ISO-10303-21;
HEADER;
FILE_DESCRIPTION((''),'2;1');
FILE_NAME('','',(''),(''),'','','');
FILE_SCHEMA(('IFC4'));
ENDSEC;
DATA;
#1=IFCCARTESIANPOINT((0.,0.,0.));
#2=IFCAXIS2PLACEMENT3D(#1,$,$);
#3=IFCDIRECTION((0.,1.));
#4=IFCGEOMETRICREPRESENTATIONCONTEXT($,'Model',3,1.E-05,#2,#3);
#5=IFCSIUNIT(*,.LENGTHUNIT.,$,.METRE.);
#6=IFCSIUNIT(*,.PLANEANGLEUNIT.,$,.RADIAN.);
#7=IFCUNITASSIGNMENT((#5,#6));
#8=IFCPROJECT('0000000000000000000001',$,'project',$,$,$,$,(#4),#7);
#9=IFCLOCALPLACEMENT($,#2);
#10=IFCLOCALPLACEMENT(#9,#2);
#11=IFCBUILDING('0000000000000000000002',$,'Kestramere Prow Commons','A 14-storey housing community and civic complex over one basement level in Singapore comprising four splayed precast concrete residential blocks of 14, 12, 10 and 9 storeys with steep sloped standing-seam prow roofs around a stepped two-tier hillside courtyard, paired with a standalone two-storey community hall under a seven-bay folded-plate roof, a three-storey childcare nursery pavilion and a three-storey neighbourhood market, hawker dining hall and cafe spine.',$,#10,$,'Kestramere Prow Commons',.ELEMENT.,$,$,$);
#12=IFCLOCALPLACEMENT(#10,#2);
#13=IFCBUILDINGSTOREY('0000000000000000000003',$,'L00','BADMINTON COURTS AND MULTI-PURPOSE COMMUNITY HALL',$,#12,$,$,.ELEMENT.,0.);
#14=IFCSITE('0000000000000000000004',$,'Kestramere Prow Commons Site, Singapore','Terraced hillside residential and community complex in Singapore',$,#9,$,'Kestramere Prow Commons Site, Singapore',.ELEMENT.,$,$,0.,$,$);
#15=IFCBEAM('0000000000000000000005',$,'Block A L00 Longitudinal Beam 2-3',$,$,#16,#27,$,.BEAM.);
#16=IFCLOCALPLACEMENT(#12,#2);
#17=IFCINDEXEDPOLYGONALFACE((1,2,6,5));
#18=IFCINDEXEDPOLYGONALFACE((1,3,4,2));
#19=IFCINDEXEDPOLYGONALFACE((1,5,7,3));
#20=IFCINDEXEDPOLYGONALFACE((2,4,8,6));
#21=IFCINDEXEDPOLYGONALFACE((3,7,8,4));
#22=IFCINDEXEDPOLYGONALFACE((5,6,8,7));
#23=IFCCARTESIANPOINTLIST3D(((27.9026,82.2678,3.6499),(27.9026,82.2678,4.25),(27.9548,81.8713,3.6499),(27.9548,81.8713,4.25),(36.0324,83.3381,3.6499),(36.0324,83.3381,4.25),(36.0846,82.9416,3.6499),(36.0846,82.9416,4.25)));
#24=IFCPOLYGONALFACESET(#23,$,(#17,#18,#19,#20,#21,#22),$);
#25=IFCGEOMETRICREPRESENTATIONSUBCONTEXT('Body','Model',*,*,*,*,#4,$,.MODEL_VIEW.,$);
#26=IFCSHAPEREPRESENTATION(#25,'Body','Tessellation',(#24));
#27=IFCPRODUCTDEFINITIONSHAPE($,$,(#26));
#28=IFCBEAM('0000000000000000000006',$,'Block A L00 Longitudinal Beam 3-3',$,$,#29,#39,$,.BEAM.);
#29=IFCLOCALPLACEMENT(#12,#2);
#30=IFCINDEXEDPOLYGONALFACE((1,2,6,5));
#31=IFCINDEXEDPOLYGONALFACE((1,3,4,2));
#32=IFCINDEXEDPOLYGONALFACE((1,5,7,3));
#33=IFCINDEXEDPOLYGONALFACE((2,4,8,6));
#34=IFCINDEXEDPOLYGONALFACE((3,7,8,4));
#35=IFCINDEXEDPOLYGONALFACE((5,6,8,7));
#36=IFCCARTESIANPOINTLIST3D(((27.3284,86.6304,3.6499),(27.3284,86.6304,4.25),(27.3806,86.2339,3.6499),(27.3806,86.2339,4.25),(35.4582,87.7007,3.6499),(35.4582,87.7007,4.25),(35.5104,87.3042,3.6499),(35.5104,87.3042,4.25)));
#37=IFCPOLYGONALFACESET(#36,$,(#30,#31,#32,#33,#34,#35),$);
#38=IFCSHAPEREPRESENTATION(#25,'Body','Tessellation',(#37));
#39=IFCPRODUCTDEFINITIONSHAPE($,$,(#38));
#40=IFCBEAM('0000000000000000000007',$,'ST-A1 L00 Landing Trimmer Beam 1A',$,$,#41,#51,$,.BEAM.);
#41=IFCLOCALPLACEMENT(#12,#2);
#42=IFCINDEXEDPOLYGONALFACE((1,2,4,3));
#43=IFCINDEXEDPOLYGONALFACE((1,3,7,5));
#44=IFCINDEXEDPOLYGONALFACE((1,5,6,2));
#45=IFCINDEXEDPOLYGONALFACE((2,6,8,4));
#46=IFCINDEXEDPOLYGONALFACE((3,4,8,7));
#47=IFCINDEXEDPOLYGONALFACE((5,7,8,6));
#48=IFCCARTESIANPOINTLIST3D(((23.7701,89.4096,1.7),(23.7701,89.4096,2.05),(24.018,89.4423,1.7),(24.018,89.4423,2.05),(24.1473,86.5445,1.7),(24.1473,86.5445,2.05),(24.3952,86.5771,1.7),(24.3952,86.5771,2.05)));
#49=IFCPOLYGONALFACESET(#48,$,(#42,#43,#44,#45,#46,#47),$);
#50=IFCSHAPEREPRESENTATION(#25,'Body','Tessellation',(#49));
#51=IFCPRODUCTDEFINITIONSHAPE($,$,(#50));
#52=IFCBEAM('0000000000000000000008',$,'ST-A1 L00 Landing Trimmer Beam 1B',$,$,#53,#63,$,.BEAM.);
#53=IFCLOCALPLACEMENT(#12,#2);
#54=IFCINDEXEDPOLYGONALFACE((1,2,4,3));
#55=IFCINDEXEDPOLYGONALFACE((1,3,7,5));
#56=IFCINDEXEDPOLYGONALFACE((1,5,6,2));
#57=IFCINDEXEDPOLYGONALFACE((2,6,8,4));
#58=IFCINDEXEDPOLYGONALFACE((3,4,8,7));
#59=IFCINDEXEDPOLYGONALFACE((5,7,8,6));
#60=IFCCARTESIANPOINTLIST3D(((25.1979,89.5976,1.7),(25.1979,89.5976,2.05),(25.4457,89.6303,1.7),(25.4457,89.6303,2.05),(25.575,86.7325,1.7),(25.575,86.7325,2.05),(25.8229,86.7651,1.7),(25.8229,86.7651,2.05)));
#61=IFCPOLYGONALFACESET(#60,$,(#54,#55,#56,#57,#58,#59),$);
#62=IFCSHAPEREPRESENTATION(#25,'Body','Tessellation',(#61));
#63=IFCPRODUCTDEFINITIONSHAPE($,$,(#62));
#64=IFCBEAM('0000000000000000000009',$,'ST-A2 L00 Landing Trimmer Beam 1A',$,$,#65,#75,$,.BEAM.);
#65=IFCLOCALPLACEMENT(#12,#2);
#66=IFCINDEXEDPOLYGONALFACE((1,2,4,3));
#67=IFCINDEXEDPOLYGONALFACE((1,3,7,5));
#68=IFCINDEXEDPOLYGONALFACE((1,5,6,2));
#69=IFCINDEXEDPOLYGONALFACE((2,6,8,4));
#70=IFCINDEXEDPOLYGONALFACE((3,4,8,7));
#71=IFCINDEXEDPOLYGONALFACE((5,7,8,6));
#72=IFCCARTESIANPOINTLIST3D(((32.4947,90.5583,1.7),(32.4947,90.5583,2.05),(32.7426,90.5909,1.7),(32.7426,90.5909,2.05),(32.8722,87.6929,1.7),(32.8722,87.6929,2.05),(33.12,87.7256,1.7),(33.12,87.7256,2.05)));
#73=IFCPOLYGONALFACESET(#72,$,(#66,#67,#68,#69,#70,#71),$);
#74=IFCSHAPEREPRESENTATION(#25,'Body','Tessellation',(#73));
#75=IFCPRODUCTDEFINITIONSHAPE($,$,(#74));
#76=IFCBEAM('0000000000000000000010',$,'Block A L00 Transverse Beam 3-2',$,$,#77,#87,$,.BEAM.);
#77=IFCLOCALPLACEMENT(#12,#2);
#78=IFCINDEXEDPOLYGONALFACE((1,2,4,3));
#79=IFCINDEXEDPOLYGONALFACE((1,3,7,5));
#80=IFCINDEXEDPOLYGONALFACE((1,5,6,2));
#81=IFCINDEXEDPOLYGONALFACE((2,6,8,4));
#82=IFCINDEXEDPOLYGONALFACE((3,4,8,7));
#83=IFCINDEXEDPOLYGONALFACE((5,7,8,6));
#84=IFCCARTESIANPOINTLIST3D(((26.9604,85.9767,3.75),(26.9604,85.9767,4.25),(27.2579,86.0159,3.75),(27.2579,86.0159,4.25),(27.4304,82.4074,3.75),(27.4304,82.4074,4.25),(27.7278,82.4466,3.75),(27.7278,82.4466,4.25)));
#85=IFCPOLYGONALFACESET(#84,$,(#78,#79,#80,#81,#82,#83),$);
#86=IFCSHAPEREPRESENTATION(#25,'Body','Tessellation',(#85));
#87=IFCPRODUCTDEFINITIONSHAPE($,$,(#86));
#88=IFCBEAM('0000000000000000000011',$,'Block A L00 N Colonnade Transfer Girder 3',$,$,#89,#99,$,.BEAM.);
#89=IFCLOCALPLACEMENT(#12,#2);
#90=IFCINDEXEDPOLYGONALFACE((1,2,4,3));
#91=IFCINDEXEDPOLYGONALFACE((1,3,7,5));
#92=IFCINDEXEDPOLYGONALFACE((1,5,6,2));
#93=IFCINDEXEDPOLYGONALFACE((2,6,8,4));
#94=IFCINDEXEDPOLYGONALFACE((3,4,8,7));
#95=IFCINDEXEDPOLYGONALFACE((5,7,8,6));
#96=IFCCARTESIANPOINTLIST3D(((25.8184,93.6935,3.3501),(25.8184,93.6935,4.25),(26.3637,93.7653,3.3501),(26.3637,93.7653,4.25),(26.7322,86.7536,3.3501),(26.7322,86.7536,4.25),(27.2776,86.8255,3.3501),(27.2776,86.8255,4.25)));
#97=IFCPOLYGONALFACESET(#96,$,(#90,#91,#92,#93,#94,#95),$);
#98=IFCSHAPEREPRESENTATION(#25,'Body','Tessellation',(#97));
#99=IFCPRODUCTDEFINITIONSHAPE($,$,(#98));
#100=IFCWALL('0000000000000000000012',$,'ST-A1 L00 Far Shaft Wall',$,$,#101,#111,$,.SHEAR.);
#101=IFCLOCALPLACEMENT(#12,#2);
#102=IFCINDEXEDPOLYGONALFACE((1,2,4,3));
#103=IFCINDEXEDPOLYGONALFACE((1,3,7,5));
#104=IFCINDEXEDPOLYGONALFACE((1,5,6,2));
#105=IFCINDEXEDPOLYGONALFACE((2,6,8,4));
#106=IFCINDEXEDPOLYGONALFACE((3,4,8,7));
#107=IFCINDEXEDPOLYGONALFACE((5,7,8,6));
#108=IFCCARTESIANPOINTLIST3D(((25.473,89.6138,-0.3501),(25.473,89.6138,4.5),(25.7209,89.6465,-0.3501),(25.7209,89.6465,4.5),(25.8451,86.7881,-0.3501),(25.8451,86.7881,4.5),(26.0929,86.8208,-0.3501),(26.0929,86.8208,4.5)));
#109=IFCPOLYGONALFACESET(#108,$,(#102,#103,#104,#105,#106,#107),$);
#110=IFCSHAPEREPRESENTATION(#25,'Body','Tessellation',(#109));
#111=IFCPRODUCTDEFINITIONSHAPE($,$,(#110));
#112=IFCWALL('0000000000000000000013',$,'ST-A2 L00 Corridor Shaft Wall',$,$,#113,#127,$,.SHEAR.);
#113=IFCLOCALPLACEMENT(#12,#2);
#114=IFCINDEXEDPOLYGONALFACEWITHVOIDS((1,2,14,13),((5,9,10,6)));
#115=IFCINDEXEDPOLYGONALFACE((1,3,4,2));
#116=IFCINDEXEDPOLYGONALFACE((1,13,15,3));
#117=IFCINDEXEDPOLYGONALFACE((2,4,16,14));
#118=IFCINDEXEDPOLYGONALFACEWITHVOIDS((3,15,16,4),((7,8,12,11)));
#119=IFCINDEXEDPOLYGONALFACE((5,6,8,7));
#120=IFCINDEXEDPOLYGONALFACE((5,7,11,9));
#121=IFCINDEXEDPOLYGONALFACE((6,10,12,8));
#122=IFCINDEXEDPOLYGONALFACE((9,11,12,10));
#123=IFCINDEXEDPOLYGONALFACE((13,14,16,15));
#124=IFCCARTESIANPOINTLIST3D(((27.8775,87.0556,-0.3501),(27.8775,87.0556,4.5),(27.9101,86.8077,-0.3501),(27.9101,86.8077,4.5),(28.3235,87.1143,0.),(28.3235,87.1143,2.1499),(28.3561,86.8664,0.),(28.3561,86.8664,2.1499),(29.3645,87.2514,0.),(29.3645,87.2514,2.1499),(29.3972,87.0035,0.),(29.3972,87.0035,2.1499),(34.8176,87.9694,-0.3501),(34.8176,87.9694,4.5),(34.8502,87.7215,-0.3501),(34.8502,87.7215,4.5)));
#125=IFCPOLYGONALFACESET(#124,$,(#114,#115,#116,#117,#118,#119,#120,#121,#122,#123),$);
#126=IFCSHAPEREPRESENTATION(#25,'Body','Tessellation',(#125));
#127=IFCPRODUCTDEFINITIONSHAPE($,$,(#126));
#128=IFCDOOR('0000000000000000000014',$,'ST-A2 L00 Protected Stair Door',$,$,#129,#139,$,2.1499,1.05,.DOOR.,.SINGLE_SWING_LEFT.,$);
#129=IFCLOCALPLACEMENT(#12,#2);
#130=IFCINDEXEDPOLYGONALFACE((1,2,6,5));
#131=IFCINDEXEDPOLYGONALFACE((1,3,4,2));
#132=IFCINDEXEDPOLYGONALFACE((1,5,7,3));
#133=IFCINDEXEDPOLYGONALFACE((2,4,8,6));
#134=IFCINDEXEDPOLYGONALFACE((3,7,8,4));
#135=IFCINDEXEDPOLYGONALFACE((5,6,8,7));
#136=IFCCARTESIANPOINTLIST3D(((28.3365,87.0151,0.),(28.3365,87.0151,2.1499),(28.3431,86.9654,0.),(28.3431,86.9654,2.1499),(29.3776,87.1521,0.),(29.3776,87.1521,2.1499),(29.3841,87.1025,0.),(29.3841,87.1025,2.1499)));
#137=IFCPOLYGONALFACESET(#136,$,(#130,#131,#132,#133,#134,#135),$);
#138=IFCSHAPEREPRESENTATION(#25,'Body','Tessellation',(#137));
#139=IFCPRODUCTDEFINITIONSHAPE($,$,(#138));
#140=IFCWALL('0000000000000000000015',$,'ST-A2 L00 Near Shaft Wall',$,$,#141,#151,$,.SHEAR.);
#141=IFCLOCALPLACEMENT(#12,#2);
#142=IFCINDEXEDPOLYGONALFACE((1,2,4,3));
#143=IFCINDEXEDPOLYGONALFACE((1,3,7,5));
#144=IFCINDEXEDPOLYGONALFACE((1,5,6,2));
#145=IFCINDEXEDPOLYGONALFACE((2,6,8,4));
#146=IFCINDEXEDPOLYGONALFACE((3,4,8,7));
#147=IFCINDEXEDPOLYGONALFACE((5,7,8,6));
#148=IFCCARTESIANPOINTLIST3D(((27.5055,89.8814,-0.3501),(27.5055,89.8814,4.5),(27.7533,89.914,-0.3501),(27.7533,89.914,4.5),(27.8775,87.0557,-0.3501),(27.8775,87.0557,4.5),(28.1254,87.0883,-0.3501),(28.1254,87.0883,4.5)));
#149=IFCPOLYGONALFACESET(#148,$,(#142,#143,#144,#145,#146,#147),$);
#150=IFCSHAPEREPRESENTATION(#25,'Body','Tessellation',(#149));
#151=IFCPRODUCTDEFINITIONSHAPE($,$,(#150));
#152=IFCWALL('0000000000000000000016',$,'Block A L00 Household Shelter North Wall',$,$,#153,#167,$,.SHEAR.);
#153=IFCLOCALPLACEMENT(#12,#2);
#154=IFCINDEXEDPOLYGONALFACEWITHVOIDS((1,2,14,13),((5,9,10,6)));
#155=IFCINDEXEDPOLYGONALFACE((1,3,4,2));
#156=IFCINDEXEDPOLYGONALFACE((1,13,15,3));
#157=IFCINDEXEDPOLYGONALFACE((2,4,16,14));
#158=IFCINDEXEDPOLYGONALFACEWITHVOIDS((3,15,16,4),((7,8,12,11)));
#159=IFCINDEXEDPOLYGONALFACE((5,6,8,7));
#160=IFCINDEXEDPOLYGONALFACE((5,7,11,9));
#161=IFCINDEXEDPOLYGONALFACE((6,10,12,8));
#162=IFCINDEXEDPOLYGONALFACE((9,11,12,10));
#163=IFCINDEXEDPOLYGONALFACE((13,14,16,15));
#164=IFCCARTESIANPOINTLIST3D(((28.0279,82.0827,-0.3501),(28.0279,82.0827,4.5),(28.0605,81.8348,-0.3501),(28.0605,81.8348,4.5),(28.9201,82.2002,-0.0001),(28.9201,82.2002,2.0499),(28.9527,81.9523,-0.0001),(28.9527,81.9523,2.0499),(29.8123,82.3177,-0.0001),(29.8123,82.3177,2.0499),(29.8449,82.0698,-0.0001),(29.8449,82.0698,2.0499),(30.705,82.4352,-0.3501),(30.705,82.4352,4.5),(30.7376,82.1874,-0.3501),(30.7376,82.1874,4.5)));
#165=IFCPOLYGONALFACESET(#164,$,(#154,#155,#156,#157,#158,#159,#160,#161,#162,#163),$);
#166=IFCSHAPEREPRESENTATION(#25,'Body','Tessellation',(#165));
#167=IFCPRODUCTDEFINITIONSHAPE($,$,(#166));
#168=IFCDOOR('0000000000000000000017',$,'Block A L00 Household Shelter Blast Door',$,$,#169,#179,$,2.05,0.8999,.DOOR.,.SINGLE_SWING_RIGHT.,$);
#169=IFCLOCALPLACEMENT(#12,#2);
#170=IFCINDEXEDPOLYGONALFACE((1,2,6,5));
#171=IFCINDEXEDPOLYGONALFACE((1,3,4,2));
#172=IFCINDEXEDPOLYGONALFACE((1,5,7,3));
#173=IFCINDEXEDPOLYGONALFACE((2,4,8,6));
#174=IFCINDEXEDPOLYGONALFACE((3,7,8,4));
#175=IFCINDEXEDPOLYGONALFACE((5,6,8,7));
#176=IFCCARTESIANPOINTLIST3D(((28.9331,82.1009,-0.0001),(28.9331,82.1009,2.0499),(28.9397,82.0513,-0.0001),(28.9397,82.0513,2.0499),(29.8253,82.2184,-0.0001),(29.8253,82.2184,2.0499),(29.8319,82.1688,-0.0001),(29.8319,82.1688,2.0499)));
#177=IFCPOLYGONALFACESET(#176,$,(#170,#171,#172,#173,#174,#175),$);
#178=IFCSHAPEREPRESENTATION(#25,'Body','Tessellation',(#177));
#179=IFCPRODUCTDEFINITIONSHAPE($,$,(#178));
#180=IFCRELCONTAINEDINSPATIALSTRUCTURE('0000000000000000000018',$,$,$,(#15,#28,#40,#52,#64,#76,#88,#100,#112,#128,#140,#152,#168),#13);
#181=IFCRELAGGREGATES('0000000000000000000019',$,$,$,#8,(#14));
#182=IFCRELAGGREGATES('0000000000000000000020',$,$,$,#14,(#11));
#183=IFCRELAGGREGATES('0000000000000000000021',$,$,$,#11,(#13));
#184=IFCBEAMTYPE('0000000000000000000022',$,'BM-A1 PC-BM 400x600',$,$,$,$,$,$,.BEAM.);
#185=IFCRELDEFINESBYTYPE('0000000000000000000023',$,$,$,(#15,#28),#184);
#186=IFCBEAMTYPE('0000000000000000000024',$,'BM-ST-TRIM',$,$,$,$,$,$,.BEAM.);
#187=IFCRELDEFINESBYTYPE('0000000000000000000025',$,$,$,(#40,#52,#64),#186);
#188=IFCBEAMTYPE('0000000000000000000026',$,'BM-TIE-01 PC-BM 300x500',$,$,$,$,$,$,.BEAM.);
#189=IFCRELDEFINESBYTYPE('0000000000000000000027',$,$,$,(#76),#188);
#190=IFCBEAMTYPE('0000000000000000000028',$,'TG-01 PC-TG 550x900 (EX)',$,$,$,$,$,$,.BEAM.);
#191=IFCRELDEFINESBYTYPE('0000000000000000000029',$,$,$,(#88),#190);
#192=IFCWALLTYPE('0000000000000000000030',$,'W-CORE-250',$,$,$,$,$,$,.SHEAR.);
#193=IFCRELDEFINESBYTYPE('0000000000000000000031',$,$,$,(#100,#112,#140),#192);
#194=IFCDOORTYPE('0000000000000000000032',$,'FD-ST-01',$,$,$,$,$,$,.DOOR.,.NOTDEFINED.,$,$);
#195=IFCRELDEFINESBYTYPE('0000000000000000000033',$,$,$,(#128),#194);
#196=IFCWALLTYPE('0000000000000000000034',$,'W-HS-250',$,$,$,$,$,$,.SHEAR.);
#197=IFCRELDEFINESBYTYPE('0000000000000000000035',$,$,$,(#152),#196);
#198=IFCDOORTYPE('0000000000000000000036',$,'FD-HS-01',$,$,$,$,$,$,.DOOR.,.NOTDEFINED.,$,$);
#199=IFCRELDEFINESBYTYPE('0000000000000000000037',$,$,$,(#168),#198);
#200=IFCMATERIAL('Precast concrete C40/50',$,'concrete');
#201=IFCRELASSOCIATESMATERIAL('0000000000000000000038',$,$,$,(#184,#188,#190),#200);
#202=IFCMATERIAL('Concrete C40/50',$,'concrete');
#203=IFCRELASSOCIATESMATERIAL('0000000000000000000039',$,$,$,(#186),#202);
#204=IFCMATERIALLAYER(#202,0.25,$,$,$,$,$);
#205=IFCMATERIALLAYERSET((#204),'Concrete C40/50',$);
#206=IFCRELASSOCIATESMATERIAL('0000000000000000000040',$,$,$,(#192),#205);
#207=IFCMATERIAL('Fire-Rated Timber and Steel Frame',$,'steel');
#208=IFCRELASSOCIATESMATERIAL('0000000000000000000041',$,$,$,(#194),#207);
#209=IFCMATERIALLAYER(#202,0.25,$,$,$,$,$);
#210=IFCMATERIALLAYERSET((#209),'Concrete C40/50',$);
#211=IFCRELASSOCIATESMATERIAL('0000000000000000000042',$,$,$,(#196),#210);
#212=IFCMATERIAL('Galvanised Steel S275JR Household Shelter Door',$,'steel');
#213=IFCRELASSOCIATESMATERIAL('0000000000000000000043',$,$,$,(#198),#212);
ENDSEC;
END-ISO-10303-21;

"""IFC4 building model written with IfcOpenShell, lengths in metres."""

from ifc_helpers import new_model, si_unit, direction, frame, frame_2d, origin, origin_2d, place, context, subcontext, project, spatial, rectangle, extrude, material, layer, layer_set, material_profile, profile_set, type_object, element, fill, save


model = new_model("IFC4")

# Units and contexts
model_context = context("Model", 3, precision=1e-05, world=origin(), true_north=direction((0.0, 1.0)))
body_context = subcontext(model_context, "Body", "Model", "MODEL_VIEW")
ifc_project = project(units=[si_unit("LENGTHUNIT", "METRE"), si_unit("PLANEANGLEUNIT", "RADIAN")], contexts=[model_context])

# Site, building, storey
site_placement = place(None, origin())
site = spatial("IfcSite", under=ifc_project, at=site_placement, Name="Kestramere Prow Commons Site, Singapore", Description="Terraced hillside residential and community complex in Singapore", LongName="Kestramere Prow Commons Site, Singapore", CompositionType="ELEMENT", RefElevation=0.0)
building_placement = place(site_placement, origin())
building = spatial("IfcBuilding", under=site, at=building_placement, Name="Kestramere Prow Commons", Description="A 14-storey housing community and civic complex over one basement level in Singapore comprising four splayed precast concrete residential blocks of 14, 12, 10 and 9 storeys with steep sloped standing-seam prow roofs around a stepped two-tier hillside courtyard, paired with a standalone two-storey community hall under a seven-bay folded-plate roof, a three-storey childcare nursery pavilion and a three-storey neighbourhood market, hawker dining hall and cafe spine.", LongName="Kestramere Prow Commons", CompositionType="ELEMENT")
storey_placement = place(building_placement, origin())
storey = spatial("IfcBuildingStorey", under=building, at=storey_placement, Name="L00", Description="BADMINTON COURTS AND MULTI-PURPOSE COMMUNITY HALL", CompositionType="ELEMENT", Elevation=0.0)

# Shared definitions
ifc_material_1 = material(Name="Precast concrete C40/50", Category="concrete")

# Beams
ifc_material_profile_1 = material_profile(ifc_material_1, rectangle(XDim=0.3999, YDim=0.6001, at=origin_2d()), Name="PC-BM 400x600")
ifc_profile_set_1 = profile_set([ifc_material_profile_1], Name="Precast concrete C40/50")
beam_type_1 = type_object("IfcBeamType", Name="BM-A1 PC-BM 400x600", PredefinedType="BEAM", material=ifc_profile_set_1)
for number, where, z_axis, x_axis, name in (
    (1, (27.9287, 82.0696, 3.95), (0.991445, 0.130525, 0.0), (-0.130525, 0.991445, 0.0), "Block A L00 Longitudinal Beam 2-3"),
    (2, (27.3545, 86.4321, 3.95), (0.991445, 0.130525, 0.0), (-0.130525, 0.991445, 0.0), "Block A L00 Longitudinal Beam 3-3"),
):
    element("IfcBeam", number, at=place(storey_placement, frame(where, z_axis=z_axis, x_axis=x_axis)), inside=storey, type_object=beam_type_1, Name=name, PredefinedType="BEAM", context=body_context, shape_type="SweptSolid", body=[
        extrude(rectangle(XDim=0.3999, YDim=0.6001, at=origin_2d()), origin(), (0.0, 0.0, 1.0), 8.2),
    ])
ifc_material_2 = material(Name="Concrete C40/50", Category="concrete")
ifc_material_profile_2 = material_profile(ifc_material_2, rectangle(XDim=0.25, YDim=0.3501, at=origin_2d()), Name="PC-BM 250x350")
ifc_profile_set_2 = profile_set([ifc_material_profile_2], Name="Concrete C40/50")
beam_type_2 = type_object("IfcBeamType", Name="BM-ST-TRIM", PredefinedType="BEAM", material=ifc_profile_set_2)
for number, where, z_axis, x_axis, name in (
    (3, (24.2712, 86.5608, 1.875), (-0.13052, 0.991446, 0.0), (-0.991446, -0.13052, 0.0), "ST-A1 L00 Landing Trimmer Beam 1A"),
    (4, (25.699, 86.7488, 1.875), (-0.13052, 0.991446, 0.0), (-0.991446, -0.13052, 0.0), "ST-A1 L00 Landing Trimmer Beam 1B"),
):
    element("IfcBeam", number, at=place(storey_placement, frame(where, z_axis=z_axis, x_axis=x_axis)), inside=storey, type_object=beam_type_2, Name=name, PredefinedType="BEAM", context=body_context, shape_type="SweptSolid", body=[
        extrude(rectangle(XDim=0.25, YDim=0.3501, at=origin_2d()), origin(), (0.0, 0.0, 1.0), 2.8899),
    ])
beam_1_placement = place(storey_placement, frame((32.9961, 87.7092, 1.875), z_axis=(-0.130592, 0.991436, 0.0), x_axis=(-0.991436, -0.130592, 0.0)))
element("IfcBeam", 5, at=beam_1_placement, inside=storey, type_object=beam_type_2, Name="ST-A2 L00 Landing Trimmer Beam 1A", PredefinedType="BEAM", context=body_context, shape_type="SweptSolid", body=[
    extrude(rectangle(XDim=0.25, YDim=0.3501, at=origin_2d()), origin(), (0.0, 0.0, 1.0), 2.8901),
])
ifc_material_profile_3 = material_profile(ifc_material_1, rectangle(XDim=0.3, YDim=0.5, at=origin_2d()), Name="PC-BM 300x500")
ifc_profile_set_3 = profile_set([ifc_material_profile_3], Name="Precast concrete C40/50")
beam_type_3 = type_object("IfcBeamType", Name="BM-TIE-01 PC-BM 300x500", PredefinedType="BEAM", material=ifc_profile_set_3)
beam_2_placement = place(storey_placement, frame((27.5791, 82.427, 4.0), z_axis=(-0.130542, 0.991443, 0.0), x_axis=(-0.991443, -0.130542, 0.0)))
element("IfcBeam", 6, at=beam_2_placement, inside=storey, type_object=beam_type_3, Name="Block A L00 Transverse Beam 3-2", PredefinedType="BEAM", context=body_context, shape_type="SweptSolid", body=[
    extrude(rectangle(XDim=0.3, YDim=0.5, at=origin_2d()), origin(), (0.0, 0.0, 1.0), 3.6001),
])
ifc_material_profile_4 = material_profile(ifc_material_1, rectangle(XDim=0.55, YDim=0.8999, at=origin_2d()), Name="PC-TG 550x900")
ifc_profile_set_4 = profile_set([ifc_material_profile_4], Name="Precast concrete C40/50")
beam_type_4 = type_object("IfcBeamType", Name="TG-01 PC-TG 550x900 (EX)", PredefinedType="BEAM", material=ifc_profile_set_4)
beam_3_placement = place(storey_placement, frame((27.0049, 86.7896, 3.8), z_axis=(-0.130548, 0.991442, 0.0), x_axis=(-0.991442, -0.130548, 0.0)))
element("IfcBeam", 7, at=beam_3_placement, inside=storey, type_object=beam_type_4, Name="Block A L00 N Colonnade Transfer Girder 3", PredefinedType="BEAM", context=body_context, shape_type="SweptSolid", body=[
    extrude(rectangle(XDim=0.55, YDim=0.8999, at=origin_2d()), origin(), (0.0, 0.0, 1.0), 6.9998),
])

# Wall
ifc_layer_1 = layer(ifc_material_2, 0.25)
ifc_layer_set_1 = layer_set([ifc_layer_1], Name="Concrete C40/50")
wall_type_1 = type_object("IfcWallType", Name="W-CORE-250", PredefinedType="SHEAR", material=ifc_layer_set_1)
wall_1_placement = place(storey_placement, frame((25.969, 86.8044, -0.3501), z_axis=(0.0, 0.0, 1.0), x_axis=(-0.130548, 0.991442, 0.0)))
element("IfcWall", 8, at=wall_1_placement, inside=storey, type_object=wall_type_1, Name="ST-A1 L00 Far Shaft Wall", PredefinedType="SHEAR", context=body_context, shape_type="SweptSolid", body=[
    extrude(rectangle(XDim=2.8501, YDim=0.25, at=frame_2d((1.425, 0.0))), origin(), (0.0, 0.0, 1.0), 4.8501),
])

# Wall, opening, door
wall_2_placement = place(storey_placement, frame((27.8938, 86.9316, -0.3501), z_axis=(0.0, 0.0, 1.0), x_axis=(0.991443, 0.130544, 0.0)))
wall_2 = element("IfcWall", 9, at=wall_2_placement, inside=storey, type_object=wall_type_1, Name="ST-A2 L00 Corridor Shaft Wall", PredefinedType="SHEAR", context=body_context, shape_type="SweptSolid", body=[
    extrude(rectangle(XDim=7.0, YDim=0.25, at=frame_2d((3.5, 0.0))), origin(), (0.0, 0.0, 1.0), 4.8501),
])
opening_1_placement = place(wall_2_placement, frame((0.45, 0.0, 0.3501)))
opening_1 = element("IfcOpeningElement", 10, at=opening_1_placement, cuts=wall_2, PredefinedType="OPENING", context=body_context, shape_type="SweptSolid", body=[
    extrude(rectangle(XDim=1.05, YDim=2.1499, at=frame_2d((0.5249, 1.075))), frame((0.0, 0.1399, 0.0), z_axis=(0.0, -1.0, 0.0), x_axis=(1.0, 0.0, 0.0)), (0.0, 0.0, 1.0), 0.28),
])
ifc_material_3 = material(Name="Fire-Rated Timber and Steel Frame", Category="steel")
door_type_1 = type_object("IfcDoorType", Name="FD-ST-01", OperationType="NOTDEFINED", PredefinedType="DOOR", material=ifc_material_3)
door_1_placement = place(opening_1_placement, origin())
door_1 = element("IfcDoor", 11, at=door_1_placement, inside=storey, type_object=door_type_1, Name="ST-A2 L00 Protected Stair Door", OperationType="SINGLE_SWING_LEFT", OverallHeight=2.1499, OverallWidth=1.05, PredefinedType="DOOR", context=body_context, shape_type="SweptSolid", body=[
    extrude(rectangle(XDim=1.05, YDim=2.1499, at=frame_2d((0.5249, 1.075))), frame((0.0, 0.0249, 0.0), z_axis=(0.0, -1.0, 0.0), x_axis=(1.0, 0.0, 0.0)), (0.0, 0.0, 1.0), 0.05),
])
fill(opening_1, door_1)

# Wall
wall_3_placement = place(storey_placement, frame((28.0015, 87.072, -0.3501), z_axis=(0.0, 0.0, 1.0), x_axis=(-0.130548, 0.991442, 0.0)))
element("IfcWall", 12, at=wall_3_placement, inside=storey, type_object=wall_type_1, Name="ST-A2 L00 Near Shaft Wall", PredefinedType="SHEAR", context=body_context, shape_type="SweptSolid", body=[
    extrude(rectangle(XDim=2.8501, YDim=0.25, at=frame_2d((1.425, 0.0))), origin(), (0.0, 0.0, 1.0), 4.8501),
])

# Wall, opening, door
ifc_layer_2 = layer(ifc_material_2, 0.25)
ifc_layer_set_2 = layer_set([ifc_layer_2], Name="Concrete C40/50")
wall_type_2 = type_object("IfcWallType", Name="W-HS-250", PredefinedType="SHEAR", material=ifc_layer_set_2)
wall_4_placement = place(storey_placement, frame((28.0442, 81.9587, -0.3501), z_axis=(0.0, 0.0, 1.0), x_axis=(0.99144, 0.130564, 0.0)))
wall_4 = element("IfcWall", 13, at=wall_4_placement, inside=storey, type_object=wall_type_2, Name="Block A L00 Household Shelter North Wall", PredefinedType="SHEAR", context=body_context, shape_type="SweptSolid", body=[
    extrude(rectangle(XDim=2.7002, YDim=0.25, at=frame_2d((1.3501, 0.0))), origin(), (0.0, 0.0, 1.0), 4.8501),
])
opening_2_placement = place(wall_4_placement, frame((0.8999, 0.0, 0.3501)))
opening_2 = element("IfcOpeningElement", 14, at=opening_2_placement, cuts=wall_4, PredefinedType="OPENING", context=body_context, shape_type="SweptSolid", body=[
    extrude(rectangle(XDim=0.8999, YDim=2.05, at=frame_2d((0.45, 1.0249))), frame((0.0, 0.1399, 0.0), z_axis=(0.0, -1.0, 0.0), x_axis=(1.0, 0.0, 0.0)), (0.0, 0.0, 1.0), 0.28),
])
ifc_material_4 = material(Name="Galvanised Steel S275JR Household Shelter Door", Category="steel")
door_type_2 = type_object("IfcDoorType", Name="FD-HS-01", OperationType="NOTDEFINED", PredefinedType="DOOR", material=ifc_material_4)
door_2_placement = place(opening_2_placement, origin())
door_2 = element("IfcDoor", 15, at=door_2_placement, inside=storey, type_object=door_type_2, Name="Block A L00 Household Shelter Blast Door", OperationType="SINGLE_SWING_RIGHT", OverallHeight=2.05, OverallWidth=0.8999, PredefinedType="DOOR", context=body_context, shape_type="SweptSolid", body=[
    extrude(rectangle(XDim=0.8999, YDim=2.05, at=frame_2d((0.45, 1.0249))), frame((0.0, 0.0249, 0.0), z_axis=(0.0, -1.0, 0.0), x_axis=(1.0, 0.0, 0.0)), (0.0, 0.0, 1.0), 0.05),
])
fill(opening_2, door_2)

save(model, "model.ifc")
